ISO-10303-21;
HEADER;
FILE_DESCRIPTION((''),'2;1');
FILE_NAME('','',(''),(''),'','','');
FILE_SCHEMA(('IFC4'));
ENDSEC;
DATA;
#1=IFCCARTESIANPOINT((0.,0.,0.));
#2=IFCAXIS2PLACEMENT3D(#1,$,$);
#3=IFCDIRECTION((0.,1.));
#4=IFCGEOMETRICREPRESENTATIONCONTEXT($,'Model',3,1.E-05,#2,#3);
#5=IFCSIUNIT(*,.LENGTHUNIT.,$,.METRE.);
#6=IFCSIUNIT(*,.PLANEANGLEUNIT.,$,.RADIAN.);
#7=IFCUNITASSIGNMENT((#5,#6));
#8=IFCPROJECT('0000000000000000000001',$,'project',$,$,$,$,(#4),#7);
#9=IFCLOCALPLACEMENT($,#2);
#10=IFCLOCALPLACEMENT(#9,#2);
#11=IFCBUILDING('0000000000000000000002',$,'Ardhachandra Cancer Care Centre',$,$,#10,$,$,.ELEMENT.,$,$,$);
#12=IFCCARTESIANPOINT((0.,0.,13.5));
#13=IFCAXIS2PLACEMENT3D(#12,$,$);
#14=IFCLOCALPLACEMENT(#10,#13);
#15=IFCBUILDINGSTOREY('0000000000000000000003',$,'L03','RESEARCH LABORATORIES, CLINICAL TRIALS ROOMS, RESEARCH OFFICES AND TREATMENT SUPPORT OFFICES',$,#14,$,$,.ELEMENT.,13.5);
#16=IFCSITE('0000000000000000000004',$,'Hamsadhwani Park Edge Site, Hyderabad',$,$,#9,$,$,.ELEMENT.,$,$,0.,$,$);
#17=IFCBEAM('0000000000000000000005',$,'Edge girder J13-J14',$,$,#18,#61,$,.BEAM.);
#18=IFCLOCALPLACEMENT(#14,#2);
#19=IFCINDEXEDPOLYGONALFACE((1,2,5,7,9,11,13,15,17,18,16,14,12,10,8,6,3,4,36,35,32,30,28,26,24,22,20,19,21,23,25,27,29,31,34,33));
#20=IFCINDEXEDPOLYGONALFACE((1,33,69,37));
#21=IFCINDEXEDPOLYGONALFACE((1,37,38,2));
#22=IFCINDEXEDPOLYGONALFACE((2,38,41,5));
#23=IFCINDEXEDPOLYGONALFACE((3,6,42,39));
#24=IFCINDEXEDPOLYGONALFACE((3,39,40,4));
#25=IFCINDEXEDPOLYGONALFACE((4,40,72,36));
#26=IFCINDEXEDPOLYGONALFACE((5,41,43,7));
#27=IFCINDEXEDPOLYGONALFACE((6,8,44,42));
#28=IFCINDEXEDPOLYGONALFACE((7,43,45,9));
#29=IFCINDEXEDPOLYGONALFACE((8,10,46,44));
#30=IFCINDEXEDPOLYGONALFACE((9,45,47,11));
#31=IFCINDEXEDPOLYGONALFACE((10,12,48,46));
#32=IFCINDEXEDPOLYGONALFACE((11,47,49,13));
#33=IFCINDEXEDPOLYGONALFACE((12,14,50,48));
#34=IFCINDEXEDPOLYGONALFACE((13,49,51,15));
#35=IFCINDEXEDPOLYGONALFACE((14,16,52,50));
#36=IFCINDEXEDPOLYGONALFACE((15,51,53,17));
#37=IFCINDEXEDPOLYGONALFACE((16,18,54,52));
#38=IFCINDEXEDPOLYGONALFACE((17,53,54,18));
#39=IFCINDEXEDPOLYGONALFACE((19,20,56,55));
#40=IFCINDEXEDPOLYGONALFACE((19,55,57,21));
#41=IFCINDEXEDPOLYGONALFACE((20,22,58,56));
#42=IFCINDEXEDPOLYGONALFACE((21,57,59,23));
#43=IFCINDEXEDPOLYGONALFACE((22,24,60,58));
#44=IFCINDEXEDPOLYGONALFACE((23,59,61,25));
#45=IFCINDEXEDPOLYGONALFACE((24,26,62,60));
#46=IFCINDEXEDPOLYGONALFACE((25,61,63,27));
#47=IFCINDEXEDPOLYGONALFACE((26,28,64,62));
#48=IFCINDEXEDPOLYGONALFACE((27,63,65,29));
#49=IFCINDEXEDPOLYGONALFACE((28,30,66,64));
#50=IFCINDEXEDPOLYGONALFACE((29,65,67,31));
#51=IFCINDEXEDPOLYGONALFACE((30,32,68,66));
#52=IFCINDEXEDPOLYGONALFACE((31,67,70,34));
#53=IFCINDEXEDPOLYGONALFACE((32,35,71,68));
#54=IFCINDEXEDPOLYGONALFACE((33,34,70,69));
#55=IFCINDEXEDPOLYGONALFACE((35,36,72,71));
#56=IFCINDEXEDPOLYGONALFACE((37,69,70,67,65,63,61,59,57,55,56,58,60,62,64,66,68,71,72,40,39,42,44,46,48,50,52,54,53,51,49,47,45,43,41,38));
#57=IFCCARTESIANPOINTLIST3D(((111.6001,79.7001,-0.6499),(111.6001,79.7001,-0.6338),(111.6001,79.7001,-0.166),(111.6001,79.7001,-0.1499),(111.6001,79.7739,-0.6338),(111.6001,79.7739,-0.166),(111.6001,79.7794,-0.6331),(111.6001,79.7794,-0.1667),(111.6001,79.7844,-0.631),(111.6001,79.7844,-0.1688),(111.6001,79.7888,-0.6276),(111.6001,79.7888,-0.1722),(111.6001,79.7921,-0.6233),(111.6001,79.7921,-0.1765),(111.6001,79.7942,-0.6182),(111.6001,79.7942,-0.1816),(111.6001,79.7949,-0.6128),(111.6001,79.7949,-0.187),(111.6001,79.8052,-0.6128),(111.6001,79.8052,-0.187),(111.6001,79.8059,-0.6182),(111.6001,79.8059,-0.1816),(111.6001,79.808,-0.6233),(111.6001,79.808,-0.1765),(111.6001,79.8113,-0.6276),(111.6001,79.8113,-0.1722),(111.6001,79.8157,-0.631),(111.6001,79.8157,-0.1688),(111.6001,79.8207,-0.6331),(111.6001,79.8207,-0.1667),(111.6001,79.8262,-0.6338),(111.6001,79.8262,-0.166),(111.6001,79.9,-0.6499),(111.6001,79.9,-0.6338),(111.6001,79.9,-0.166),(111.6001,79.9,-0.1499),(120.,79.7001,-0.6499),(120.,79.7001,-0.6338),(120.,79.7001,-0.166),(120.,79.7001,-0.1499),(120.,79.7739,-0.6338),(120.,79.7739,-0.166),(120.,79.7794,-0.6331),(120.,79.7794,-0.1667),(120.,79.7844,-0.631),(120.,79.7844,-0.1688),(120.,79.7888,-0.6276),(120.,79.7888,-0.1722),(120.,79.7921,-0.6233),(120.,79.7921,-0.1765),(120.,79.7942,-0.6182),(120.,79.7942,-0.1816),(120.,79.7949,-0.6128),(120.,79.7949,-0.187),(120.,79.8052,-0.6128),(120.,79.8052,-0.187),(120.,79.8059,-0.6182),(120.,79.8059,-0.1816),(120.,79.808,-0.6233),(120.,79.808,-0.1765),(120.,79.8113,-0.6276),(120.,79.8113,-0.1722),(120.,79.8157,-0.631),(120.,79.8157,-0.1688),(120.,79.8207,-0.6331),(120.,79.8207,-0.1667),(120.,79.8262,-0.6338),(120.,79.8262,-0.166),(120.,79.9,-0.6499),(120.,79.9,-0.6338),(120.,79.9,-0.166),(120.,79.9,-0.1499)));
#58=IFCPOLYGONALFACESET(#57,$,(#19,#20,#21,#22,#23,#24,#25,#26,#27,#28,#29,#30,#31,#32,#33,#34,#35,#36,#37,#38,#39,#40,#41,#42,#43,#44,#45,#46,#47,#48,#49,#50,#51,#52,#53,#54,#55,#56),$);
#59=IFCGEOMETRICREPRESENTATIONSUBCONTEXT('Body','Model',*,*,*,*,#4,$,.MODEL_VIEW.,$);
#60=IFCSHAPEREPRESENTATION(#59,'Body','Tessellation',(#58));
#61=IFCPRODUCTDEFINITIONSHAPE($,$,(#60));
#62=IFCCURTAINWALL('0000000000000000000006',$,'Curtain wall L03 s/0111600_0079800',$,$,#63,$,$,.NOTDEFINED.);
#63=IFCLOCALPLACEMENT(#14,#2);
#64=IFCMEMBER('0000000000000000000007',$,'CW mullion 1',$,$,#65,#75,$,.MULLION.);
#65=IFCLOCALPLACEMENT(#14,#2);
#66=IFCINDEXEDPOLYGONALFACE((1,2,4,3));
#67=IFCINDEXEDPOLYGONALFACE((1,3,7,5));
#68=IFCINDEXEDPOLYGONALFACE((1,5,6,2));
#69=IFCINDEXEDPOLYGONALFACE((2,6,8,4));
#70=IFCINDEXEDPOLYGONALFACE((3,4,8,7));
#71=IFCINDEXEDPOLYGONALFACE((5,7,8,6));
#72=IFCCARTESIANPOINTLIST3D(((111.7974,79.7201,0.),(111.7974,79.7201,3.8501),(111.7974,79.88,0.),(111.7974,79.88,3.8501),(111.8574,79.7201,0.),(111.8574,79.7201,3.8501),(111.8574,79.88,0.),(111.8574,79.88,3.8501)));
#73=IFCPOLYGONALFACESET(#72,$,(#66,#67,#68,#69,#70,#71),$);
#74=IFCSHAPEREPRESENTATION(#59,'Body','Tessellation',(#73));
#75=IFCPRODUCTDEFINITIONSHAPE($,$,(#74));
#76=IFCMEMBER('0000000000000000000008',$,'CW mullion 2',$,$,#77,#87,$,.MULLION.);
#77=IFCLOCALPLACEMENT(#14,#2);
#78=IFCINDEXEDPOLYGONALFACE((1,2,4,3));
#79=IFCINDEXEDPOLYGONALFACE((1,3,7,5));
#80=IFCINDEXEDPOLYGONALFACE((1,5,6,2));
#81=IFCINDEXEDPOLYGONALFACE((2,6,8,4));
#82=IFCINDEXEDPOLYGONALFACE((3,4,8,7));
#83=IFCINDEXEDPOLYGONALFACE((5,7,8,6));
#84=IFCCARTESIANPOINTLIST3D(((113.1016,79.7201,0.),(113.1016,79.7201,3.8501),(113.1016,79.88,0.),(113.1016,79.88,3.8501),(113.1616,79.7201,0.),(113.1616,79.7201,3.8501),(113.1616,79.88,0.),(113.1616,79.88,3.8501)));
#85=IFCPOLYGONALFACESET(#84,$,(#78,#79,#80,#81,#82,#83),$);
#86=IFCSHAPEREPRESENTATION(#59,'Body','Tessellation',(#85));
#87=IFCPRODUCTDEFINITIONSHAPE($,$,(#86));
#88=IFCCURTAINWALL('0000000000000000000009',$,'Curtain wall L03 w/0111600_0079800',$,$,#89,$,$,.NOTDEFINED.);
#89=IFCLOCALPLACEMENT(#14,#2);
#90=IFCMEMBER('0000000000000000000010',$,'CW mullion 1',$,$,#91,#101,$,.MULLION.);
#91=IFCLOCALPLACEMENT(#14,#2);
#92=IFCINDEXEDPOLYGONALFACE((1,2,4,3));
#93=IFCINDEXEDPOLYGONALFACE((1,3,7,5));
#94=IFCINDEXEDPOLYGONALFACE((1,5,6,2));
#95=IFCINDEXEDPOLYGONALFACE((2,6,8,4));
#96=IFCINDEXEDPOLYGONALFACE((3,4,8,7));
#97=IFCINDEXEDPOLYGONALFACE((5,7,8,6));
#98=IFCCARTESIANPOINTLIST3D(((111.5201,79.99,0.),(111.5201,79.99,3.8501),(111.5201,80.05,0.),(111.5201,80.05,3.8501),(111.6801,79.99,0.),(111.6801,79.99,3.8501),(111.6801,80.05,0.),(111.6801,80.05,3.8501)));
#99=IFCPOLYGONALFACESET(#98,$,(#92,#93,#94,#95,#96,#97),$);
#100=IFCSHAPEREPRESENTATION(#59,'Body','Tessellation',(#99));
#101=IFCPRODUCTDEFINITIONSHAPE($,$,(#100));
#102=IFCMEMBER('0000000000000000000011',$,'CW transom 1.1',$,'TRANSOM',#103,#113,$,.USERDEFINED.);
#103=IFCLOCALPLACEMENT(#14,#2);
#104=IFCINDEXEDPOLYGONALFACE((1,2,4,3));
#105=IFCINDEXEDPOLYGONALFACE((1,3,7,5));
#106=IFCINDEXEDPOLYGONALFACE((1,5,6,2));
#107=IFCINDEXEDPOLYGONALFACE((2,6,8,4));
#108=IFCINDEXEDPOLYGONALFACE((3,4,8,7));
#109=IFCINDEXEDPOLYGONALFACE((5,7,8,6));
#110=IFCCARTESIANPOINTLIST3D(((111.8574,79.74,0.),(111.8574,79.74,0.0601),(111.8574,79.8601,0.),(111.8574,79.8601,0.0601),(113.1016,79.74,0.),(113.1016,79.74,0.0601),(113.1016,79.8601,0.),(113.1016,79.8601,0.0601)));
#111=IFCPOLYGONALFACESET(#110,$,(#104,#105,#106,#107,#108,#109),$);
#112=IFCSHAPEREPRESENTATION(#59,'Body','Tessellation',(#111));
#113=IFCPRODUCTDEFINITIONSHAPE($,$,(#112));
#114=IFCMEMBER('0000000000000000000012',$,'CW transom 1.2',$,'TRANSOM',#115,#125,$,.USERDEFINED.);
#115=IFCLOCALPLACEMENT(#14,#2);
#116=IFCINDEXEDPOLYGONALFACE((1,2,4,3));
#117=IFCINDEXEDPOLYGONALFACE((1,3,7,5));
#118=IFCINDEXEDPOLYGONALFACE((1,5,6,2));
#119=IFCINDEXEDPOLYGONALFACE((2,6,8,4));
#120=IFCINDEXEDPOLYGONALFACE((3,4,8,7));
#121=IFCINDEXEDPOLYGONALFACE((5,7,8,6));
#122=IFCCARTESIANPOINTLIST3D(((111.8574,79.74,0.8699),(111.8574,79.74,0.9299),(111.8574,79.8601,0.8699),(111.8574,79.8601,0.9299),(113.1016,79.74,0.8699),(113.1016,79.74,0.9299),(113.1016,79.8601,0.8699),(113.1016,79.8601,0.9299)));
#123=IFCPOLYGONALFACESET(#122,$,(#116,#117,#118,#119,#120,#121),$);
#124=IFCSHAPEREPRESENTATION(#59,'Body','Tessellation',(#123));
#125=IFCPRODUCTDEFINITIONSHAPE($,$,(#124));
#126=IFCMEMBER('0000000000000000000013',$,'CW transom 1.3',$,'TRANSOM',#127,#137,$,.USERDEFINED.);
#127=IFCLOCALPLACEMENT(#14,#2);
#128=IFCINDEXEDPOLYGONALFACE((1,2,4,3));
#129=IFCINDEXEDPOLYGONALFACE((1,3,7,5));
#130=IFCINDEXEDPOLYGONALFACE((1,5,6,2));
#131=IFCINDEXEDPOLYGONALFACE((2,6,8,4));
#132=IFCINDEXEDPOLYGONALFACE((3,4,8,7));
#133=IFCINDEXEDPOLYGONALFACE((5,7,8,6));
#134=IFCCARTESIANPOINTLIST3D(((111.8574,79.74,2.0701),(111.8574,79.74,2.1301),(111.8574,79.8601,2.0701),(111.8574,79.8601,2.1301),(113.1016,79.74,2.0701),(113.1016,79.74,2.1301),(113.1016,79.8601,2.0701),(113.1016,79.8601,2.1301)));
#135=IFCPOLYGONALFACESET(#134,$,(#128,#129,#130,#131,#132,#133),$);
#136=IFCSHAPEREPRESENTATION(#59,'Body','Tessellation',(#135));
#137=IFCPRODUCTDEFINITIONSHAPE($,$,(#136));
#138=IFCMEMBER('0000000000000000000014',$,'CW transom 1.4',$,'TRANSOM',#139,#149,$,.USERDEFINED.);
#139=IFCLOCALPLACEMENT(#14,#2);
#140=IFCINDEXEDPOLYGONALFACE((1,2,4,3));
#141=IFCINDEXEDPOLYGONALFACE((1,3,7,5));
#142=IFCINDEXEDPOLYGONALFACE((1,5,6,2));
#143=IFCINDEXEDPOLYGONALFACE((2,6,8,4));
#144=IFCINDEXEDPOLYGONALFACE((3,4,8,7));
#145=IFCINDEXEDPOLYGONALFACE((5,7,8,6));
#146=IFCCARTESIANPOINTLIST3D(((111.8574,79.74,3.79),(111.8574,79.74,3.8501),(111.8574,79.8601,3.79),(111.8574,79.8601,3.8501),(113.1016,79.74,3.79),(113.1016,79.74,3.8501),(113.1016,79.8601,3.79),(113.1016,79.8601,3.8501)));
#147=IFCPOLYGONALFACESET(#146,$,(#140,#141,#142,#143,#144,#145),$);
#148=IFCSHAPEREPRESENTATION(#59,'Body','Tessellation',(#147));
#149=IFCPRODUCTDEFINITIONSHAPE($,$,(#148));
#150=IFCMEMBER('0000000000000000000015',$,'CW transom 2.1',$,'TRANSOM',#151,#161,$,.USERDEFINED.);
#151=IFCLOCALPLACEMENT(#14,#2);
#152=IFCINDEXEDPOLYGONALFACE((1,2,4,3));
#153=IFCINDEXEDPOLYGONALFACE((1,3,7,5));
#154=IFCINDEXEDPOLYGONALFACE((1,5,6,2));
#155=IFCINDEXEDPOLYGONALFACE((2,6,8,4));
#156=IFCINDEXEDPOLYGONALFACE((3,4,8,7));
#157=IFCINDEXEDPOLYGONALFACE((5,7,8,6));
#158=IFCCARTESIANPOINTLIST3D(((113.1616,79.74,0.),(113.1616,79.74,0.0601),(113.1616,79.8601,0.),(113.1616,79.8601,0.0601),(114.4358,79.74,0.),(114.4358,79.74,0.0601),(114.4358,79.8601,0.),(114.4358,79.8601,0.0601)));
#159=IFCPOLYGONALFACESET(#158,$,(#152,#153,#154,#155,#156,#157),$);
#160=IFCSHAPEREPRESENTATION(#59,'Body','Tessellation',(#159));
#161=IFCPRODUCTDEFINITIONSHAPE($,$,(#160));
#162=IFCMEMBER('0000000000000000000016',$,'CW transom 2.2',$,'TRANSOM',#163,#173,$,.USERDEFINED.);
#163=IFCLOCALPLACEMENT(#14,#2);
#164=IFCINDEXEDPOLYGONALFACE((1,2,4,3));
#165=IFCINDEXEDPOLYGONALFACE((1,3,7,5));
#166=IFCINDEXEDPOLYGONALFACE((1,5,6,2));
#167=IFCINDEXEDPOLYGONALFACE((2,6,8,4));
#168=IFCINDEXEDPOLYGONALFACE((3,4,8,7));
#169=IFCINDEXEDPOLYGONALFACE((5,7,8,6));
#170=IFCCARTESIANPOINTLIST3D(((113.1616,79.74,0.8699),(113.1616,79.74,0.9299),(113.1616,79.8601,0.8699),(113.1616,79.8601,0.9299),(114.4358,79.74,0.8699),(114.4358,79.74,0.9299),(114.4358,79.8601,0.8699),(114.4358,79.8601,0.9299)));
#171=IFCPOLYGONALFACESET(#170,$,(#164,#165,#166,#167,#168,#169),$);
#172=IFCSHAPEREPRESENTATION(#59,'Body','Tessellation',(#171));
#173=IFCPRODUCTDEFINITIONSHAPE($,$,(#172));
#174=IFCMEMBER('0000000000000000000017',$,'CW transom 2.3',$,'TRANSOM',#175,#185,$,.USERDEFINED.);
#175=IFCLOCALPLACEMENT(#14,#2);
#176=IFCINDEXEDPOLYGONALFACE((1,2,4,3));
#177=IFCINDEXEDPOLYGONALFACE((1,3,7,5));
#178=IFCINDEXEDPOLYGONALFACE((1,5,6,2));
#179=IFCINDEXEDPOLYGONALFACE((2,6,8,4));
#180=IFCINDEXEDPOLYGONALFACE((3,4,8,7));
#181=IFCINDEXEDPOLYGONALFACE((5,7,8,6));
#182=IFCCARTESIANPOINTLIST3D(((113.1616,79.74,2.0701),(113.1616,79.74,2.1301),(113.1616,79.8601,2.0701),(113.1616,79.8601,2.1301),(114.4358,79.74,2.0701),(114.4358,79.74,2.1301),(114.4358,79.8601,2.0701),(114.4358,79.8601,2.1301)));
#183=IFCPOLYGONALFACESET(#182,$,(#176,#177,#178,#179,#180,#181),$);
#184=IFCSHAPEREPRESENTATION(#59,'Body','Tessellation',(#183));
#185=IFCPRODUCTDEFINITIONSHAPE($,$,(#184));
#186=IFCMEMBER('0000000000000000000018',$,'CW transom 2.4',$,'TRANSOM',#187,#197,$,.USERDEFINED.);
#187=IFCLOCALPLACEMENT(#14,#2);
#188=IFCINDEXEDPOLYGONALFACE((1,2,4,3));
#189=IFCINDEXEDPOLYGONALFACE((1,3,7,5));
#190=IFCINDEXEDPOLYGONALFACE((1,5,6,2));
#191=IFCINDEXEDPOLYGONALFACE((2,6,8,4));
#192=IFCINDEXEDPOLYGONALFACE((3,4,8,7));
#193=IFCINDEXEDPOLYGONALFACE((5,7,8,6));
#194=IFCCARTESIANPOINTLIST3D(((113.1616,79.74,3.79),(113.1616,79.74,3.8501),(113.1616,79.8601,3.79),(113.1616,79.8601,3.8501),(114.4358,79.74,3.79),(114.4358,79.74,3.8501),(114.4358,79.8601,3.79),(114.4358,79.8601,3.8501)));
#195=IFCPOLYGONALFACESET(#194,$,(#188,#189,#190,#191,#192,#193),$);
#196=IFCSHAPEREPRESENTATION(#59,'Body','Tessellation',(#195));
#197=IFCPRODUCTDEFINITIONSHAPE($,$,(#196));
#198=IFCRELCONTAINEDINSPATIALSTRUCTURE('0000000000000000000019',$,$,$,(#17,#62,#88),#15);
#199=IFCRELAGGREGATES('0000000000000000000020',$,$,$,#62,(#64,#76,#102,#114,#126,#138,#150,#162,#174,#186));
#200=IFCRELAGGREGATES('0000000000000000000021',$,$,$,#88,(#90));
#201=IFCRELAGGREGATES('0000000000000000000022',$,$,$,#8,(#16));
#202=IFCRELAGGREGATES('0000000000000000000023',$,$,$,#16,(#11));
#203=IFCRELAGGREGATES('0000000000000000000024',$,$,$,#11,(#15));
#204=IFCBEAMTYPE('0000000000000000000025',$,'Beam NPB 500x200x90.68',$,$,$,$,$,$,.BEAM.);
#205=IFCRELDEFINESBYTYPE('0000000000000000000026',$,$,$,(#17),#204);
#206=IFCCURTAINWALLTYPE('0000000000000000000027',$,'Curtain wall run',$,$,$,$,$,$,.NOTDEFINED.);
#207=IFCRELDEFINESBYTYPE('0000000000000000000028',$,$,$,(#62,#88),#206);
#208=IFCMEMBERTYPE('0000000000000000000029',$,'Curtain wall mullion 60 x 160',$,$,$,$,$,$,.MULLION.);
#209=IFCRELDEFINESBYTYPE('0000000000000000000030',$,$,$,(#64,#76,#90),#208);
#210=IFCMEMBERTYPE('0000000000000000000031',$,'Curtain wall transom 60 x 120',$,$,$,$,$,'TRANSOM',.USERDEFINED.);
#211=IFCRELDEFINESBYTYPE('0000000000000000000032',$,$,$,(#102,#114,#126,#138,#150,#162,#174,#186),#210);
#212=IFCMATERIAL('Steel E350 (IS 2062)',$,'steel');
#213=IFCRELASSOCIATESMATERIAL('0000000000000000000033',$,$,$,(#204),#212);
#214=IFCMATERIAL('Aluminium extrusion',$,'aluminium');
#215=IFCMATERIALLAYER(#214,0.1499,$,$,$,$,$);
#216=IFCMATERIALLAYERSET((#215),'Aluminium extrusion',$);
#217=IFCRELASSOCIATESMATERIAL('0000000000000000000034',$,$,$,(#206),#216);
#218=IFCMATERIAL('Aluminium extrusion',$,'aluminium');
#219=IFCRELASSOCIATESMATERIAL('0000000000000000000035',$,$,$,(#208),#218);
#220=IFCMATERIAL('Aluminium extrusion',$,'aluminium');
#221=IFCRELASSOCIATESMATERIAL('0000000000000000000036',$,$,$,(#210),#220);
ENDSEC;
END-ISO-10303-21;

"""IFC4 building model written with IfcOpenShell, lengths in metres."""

from ifc_helpers import new_model, si_unit, direction, frame, origin, origin_2d, place, context, subcontext, project, spatial, rectangle, i_section, extrude, material, layer, layer_set, material_profile, profile_set, type_object, element, aggregate, save


model = new_model("IFC4")

# Units and contexts
model_context = context("Model", 3, precision=1e-05, world=origin(), true_north=direction((0.0, 1.0)))
body_context = subcontext(model_context, "Body", "Model", "MODEL_VIEW")
ifc_project = project(units=[si_unit("LENGTHUNIT", "METRE"), si_unit("PLANEANGLEUNIT", "RADIAN")], contexts=[model_context])

# Site, building, storey
site_placement = place(None, origin())
site = spatial("IfcSite", under=ifc_project, at=site_placement, Name="Hamsadhwani Park Edge Site, Hyderabad", CompositionType="ELEMENT", RefElevation=0.0)
building_placement = place(site_placement, origin())
building = spatial("IfcBuilding", under=site, at=building_placement, Name="Ardhachandra Cancer Care Centre", CompositionType="ELEMENT")
storey_placement = place(building_placement, frame((0.0, 0.0, 13.5)))
storey = spatial("IfcBuildingStorey", under=building, at=storey_placement, Name="L03", Description="RESEARCH LABORATORIES, CLINICAL TRIALS ROOMS, RESEARCH OFFICES AND TREATMENT SUPPORT OFFICES", CompositionType="ELEMENT", Elevation=13.5)

# Beam
ifc_material_1 = material(Name="Steel E350 (IS 2062)", Category="steel")
ifc_material_profile_1 = material_profile(ifc_material_1, i_section(OverallWidth=0.2, OverallDepth=0.5, WebThickness=0.0103, FlangeThickness=0.0161, FilletRadius=0.021, at=origin_2d()), Name="NPB 500x200x90.68")
ifc_profile_set_1 = profile_set([ifc_material_profile_1], Name="Steel E350 (IS 2062)")
beam_type_1 = type_object("IfcBeamType", Name="Beam NPB 500x200x90.68", PredefinedType="BEAM", material=ifc_profile_set_1)
beam_1_placement = place(storey_placement, frame((111.6001, 79.8, -0.3999), z_axis=(1.0, 0.0, 0.0), x_axis=(0.0, 1.0, 0.0)))
element("IfcBeam", 1, at=beam_1_placement, inside=storey, type_object=beam_type_1, Name="Edge girder J13-J14", PredefinedType="BEAM", context=body_context, shape_type="SweptSolid", body=[
    extrude(i_section(OverallWidth=0.2, OverallDepth=0.5, WebThickness=0.0103, FlangeThickness=0.0161, FilletRadius=0.021, at=origin_2d()), origin(), (0.0, 0.0, 1.0), 8.3999),
])

# Curtain wall, members
ifc_material_2 = material(Name="Aluminium extrusion", Category="aluminium")
ifc_layer_1 = layer(ifc_material_2, 0.1499)
ifc_layer_set_1 = layer_set([ifc_layer_1], Name="Aluminium extrusion")
curtain_wall_type = type_object("IfcCurtainWallType", Name="Curtain wall run", PredefinedType="NOTDEFINED", material=ifc_layer_set_1)
curtain_wall_1_placement = place(storey_placement, origin())
curtain_wall_1 = element("IfcCurtainWall", 2, at=curtain_wall_1_placement, inside=storey, type_object=curtain_wall_type, Name="Curtain wall L03 s/0111600_0079800", PredefinedType="NOTDEFINED")
ifc_material_3 = material(Name="Aluminium extrusion", Category="aluminium")
ifc_material_profile_2 = material_profile(ifc_material_3, rectangle(XDim=0.1599, YDim=0.0601, at=origin_2d()), Name="Curtain wall mullion 60 x 160")
ifc_profile_set_2 = profile_set([ifc_material_profile_2], Name="Aluminium extrusion")
member_type_1 = type_object("IfcMemberType", Name="Curtain wall mullion 60 x 160", PredefinedType="MULLION", material=ifc_profile_set_2)
member_1_placement = place(storey_placement, frame((111.8274, 79.8, 0.0), z_axis=(0.0, 0.0, 1.0), x_axis=(0.0, 1.0, 0.0)))
member_1 = element("IfcMember", 3, at=member_1_placement, type_object=member_type_1, Name="CW mullion 1", PredefinedType="MULLION", context=body_context, shape_type="SweptSolid", body=[
    extrude(rectangle(XDim=0.1599, YDim=0.0601, at=origin_2d()), origin(), (0.0, 0.0, 1.0), 3.8501),
])
member_2_placement = place(storey_placement, frame((113.1316, 79.8, 0.0), z_axis=(0.0, 0.0, 1.0), x_axis=(0.0, 1.0, 0.0)))
member_2 = element("IfcMember", 4, at=member_2_placement, type_object=member_type_1, Name="CW mullion 2", PredefinedType="MULLION", context=body_context, shape_type="SweptSolid", body=[
    extrude(rectangle(XDim=0.1599, YDim=0.0601, at=origin_2d()), origin(), (0.0, 0.0, 1.0), 3.8501),
])

# Curtain wall, member
curtain_wall_2_placement = place(storey_placement, origin())
curtain_wall_2 = element("IfcCurtainWall", 5, at=curtain_wall_2_placement, inside=storey, type_object=curtain_wall_type, Name="Curtain wall L03 w/0111600_0079800", PredefinedType="NOTDEFINED")
member_3_placement = place(storey_placement, frame((111.6001, 80.02, 0.0), z_axis=(0.0, 0.0, 1.0), x_axis=(-1.0, 0.0, 0.0)))
member_3 = element("IfcMember", 6, at=member_3_placement, type_object=member_type_1, Name="CW mullion 1", PredefinedType="MULLION", context=body_context, shape_type="SweptSolid", body=[
    extrude(rectangle(XDim=0.1599, YDim=0.0601, at=origin_2d()), origin(), (0.0, 0.0, 1.0), 3.8501),
])

# Members
ifc_material_4 = material(Name="Aluminium extrusion", Category="aluminium")
ifc_material_profile_3 = material_profile(ifc_material_4, rectangle(XDim=0.1201, YDim=0.0601, at=origin_2d()), Name="Curtain wall transom 60 x 120")
ifc_profile_set_3 = profile_set([ifc_material_profile_3], Name="Aluminium extrusion")
member_type_2 = type_object("IfcMemberType", Name="Curtain wall transom 60 x 120", ElementType="TRANSOM", PredefinedType="USERDEFINED", material=ifc_profile_set_3)
member_4_placement = place(storey_placement, frame((111.8574, 79.8, 0.03), z_axis=(1.0, 0.0, 0.0), x_axis=(0.0, 1.0, 0.0)))
member_4 = element("IfcMember", 7, at=member_4_placement, type_object=member_type_2, Name="CW transom 1.1", ObjectType="TRANSOM", PredefinedType="USERDEFINED", context=body_context, shape_type="SweptSolid", body=[
    extrude(rectangle(XDim=0.1201, YDim=0.0601, at=origin_2d()), origin(), (0.0, 0.0, 1.0), 1.2441),
])
member_5_placement = place(storey_placement, frame((111.8574, 79.8, 0.8999), z_axis=(1.0, 0.0, 0.0), x_axis=(0.0, 1.0, 0.0)))
member_5 = element("IfcMember", 8, at=member_5_placement, type_object=member_type_2, Name="CW transom 1.2", ObjectType="TRANSOM", PredefinedType="USERDEFINED", context=body_context, shape_type="SweptSolid", body=[
    extrude(rectangle(XDim=0.1201, YDim=0.0601, at=origin_2d()), origin(), (0.0, 0.0, 1.0), 1.2441),
])
member_6_placement = place(storey_placement, frame((111.8574, 79.8, 2.1001), z_axis=(1.0, 0.0, 0.0), x_axis=(0.0, 1.0, 0.0)))
member_6 = element("IfcMember", 9, at=member_6_placement, type_object=member_type_2, Name="CW transom 1.3", ObjectType="TRANSOM", PredefinedType="USERDEFINED", context=body_context, shape_type="SweptSolid", body=[
    extrude(rectangle(XDim=0.1201, YDim=0.0601, at=origin_2d()), origin(), (0.0, 0.0, 1.0), 1.2441),
])
member_7_placement = place(storey_placement, frame((111.8574, 79.8, 3.8201), z_axis=(1.0, 0.0, 0.0), x_axis=(0.0, 1.0, 0.0)))
member_7 = element("IfcMember", 10, at=member_7_placement, type_object=member_type_2, Name="CW transom 1.4", ObjectType="TRANSOM", PredefinedType="USERDEFINED", context=body_context, shape_type="SweptSolid", body=[
    extrude(rectangle(XDim=0.1201, YDim=0.0601, at=origin_2d()), origin(), (0.0, 0.0, 1.0), 1.2441),
])
member_8_placement = place(storey_placement, frame((113.1616, 79.8, 0.03), z_axis=(1.0, 0.0, 0.0), x_axis=(0.0, 1.0, 0.0)))
member_8 = element("IfcMember", 11, at=member_8_placement, type_object=member_type_2, Name="CW transom 2.1", ObjectType="TRANSOM", PredefinedType="USERDEFINED", context=body_context, shape_type="SweptSolid", body=[
    extrude(rectangle(XDim=0.1201, YDim=0.0601, at=origin_2d()), origin(), (0.0, 0.0, 1.0), 1.2742),
])
member_9_placement = place(storey_placement, frame((113.1616, 79.8, 0.8999), z_axis=(1.0, 0.0, 0.0), x_axis=(0.0, 1.0, 0.0)))
member_9 = element("IfcMember", 12, at=member_9_placement, type_object=member_type_2, Name="CW transom 2.2", ObjectType="TRANSOM", PredefinedType="USERDEFINED", context=body_context, shape_type="SweptSolid", body=[
    extrude(rectangle(XDim=0.1201, YDim=0.0601, at=origin_2d()), origin(), (0.0, 0.0, 1.0), 1.2742),
])
member_10_placement = place(storey_placement, frame((113.1616, 79.8, 2.1001), z_axis=(1.0, 0.0, 0.0), x_axis=(0.0, 1.0, 0.0)))
member_10 = element("IfcMember", 13, at=member_10_placement, type_object=member_type_2, Name="CW transom 2.3", ObjectType="TRANSOM", PredefinedType="USERDEFINED", context=body_context, shape_type="SweptSolid", body=[
    extrude(rectangle(XDim=0.1201, YDim=0.0601, at=origin_2d()), origin(), (0.0, 0.0, 1.0), 1.2742),
])
member_11_placement = place(storey_placement, frame((113.1616, 79.8, 3.8201), z_axis=(1.0, 0.0, 0.0), x_axis=(0.0, 1.0, 0.0)))
member_11 = element("IfcMember", 14, at=member_11_placement, type_object=member_type_2, Name="CW transom 2.4", ObjectType="TRANSOM", PredefinedType="USERDEFINED", context=body_context, shape_type="SweptSolid", body=[
    extrude(rectangle(XDim=0.1201, YDim=0.0601, at=origin_2d()), origin(), (0.0, 0.0, 1.0), 1.2742),
])

aggregate(curtain_wall_1, [member_1, member_2, member_4, member_5, member_6, member_7, member_8, member_9, member_10, member_11])
aggregate(curtain_wall_2, [member_3])

save(model, "model.ifc")
